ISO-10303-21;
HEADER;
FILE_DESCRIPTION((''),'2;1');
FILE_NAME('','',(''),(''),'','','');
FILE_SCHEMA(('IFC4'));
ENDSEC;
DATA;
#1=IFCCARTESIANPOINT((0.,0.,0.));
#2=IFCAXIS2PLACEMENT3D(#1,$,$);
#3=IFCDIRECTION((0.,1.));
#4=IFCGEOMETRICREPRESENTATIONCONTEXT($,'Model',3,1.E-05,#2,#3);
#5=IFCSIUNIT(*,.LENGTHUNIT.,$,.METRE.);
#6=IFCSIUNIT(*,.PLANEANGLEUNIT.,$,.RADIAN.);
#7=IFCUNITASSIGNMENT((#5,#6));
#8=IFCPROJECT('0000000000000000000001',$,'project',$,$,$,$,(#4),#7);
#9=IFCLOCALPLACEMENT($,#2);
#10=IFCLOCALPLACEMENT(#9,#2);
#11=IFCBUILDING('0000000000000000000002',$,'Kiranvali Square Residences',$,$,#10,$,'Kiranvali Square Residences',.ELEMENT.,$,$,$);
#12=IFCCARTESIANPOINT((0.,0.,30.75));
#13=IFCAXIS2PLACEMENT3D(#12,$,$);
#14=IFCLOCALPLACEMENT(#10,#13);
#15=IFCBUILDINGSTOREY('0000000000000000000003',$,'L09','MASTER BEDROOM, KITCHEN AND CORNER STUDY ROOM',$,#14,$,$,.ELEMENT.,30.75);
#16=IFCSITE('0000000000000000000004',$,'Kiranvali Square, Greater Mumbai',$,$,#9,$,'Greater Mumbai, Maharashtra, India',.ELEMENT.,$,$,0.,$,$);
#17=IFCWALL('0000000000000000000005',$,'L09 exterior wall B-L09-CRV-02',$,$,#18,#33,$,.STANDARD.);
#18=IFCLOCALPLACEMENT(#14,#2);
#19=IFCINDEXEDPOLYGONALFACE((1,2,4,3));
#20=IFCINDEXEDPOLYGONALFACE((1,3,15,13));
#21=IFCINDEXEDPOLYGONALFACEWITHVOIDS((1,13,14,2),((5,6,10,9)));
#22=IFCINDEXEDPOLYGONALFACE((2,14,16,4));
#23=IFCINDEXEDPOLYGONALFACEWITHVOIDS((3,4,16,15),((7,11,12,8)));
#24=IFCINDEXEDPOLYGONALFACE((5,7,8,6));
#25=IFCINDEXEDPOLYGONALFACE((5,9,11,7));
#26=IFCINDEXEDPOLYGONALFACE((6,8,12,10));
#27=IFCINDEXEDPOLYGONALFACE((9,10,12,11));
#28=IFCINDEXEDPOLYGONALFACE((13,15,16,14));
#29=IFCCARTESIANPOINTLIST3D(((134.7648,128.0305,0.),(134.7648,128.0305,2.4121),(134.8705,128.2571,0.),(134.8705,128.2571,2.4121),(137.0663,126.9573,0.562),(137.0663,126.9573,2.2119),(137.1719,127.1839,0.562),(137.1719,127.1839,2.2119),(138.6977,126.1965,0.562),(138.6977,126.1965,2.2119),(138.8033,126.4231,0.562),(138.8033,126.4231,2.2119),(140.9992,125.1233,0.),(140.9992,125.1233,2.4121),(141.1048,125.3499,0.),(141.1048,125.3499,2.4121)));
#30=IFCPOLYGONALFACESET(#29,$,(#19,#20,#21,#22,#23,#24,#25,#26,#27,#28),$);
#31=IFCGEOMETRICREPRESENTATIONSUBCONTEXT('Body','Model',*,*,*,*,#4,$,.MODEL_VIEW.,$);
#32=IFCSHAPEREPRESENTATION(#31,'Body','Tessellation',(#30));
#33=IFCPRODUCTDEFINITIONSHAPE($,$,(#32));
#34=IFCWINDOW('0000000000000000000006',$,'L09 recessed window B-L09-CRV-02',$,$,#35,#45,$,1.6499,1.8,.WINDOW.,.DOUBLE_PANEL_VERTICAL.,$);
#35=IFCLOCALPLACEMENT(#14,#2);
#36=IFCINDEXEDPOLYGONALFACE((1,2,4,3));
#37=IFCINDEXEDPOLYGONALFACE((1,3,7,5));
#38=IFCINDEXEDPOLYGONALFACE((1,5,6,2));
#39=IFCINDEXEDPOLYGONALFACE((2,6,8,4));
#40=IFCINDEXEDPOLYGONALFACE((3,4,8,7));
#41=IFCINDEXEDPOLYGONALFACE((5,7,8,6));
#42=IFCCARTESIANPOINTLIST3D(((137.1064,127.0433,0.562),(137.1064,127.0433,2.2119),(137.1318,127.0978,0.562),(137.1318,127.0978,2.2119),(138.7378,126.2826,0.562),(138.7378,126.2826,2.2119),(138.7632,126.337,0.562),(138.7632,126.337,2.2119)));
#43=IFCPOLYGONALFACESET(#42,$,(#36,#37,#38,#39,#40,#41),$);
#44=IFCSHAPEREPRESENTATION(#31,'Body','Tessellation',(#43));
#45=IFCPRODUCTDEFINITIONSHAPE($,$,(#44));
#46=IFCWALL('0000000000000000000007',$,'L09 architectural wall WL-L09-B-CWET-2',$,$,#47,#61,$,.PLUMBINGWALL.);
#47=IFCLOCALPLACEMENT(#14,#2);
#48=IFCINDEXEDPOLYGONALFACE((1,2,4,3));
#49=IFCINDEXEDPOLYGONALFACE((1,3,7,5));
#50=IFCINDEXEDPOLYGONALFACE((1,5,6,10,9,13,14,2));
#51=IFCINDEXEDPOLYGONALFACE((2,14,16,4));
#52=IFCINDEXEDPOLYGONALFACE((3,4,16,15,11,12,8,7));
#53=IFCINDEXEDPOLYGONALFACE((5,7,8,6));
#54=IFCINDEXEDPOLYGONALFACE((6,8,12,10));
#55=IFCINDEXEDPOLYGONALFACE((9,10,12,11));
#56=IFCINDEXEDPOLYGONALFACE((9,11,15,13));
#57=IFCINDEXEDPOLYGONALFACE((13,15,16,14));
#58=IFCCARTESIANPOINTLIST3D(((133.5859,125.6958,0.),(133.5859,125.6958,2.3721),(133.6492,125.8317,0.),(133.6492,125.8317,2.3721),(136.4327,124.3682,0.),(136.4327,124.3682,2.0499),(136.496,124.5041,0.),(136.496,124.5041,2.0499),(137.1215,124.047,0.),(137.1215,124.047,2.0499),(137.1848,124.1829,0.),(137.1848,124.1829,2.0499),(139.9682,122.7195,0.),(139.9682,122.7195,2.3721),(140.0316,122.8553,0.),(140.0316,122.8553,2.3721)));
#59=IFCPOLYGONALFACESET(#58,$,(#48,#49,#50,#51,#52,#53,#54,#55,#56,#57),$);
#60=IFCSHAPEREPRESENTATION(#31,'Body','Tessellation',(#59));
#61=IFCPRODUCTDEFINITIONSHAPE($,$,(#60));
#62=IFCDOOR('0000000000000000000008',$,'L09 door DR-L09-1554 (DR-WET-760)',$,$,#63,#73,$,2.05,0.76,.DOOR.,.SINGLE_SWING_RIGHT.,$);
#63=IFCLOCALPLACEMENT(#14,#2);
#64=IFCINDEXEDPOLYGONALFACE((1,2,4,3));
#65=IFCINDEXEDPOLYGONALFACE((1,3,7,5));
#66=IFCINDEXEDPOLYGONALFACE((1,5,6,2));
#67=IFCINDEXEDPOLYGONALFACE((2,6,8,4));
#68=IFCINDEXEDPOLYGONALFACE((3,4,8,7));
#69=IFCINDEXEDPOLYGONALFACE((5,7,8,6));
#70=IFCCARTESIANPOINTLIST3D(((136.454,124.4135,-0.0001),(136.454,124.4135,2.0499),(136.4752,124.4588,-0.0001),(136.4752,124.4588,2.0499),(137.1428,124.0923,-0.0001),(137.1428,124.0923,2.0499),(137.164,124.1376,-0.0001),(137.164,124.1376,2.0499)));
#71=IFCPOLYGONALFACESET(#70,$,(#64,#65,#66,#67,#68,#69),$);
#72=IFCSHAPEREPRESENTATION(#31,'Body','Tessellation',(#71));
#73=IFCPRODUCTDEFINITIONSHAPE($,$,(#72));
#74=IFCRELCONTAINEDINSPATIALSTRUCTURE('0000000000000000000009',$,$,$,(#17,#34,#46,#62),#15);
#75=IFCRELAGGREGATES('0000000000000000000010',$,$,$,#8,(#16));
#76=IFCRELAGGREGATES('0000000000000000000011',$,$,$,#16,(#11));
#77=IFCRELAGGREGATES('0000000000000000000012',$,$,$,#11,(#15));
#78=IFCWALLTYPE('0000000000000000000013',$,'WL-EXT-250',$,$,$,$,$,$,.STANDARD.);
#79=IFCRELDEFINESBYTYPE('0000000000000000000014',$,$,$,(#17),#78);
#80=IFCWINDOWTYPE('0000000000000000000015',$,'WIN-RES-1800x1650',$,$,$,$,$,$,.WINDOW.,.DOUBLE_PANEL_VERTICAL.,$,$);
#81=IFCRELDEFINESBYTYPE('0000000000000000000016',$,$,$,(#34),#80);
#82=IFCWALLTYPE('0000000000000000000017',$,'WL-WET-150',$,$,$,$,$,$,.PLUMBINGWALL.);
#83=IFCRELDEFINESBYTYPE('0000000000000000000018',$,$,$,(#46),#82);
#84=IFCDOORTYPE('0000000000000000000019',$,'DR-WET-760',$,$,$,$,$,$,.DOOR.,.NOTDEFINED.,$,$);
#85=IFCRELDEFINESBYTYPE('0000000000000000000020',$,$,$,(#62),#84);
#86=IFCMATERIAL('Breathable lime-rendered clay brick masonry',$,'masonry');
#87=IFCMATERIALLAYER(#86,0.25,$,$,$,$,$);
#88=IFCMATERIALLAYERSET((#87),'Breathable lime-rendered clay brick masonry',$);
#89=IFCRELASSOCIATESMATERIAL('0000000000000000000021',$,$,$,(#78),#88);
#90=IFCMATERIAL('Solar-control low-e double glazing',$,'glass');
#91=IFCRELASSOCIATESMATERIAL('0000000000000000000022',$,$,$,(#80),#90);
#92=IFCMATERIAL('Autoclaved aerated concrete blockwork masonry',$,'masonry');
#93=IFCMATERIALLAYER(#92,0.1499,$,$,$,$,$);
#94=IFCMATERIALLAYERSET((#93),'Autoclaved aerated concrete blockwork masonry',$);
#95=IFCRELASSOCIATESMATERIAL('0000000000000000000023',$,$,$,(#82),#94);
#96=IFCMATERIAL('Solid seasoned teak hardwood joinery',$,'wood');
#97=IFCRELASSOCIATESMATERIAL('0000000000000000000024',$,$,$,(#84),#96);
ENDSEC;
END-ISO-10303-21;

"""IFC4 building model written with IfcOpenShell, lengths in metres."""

from ifc_helpers import new_model, si_unit, direction, frame, frame_2d, origin, place, context, subcontext, project, spatial, rectangle, extrude, material, layer, layer_set, type_object, element, fill, save


model = new_model("IFC4")

# Units and contexts
model_context = context("Model", 3, precision=1e-05, world=origin(), true_north=direction((0.0, 1.0)))
body_context = subcontext(model_context, "Body", "Model", "MODEL_VIEW")
ifc_project = project(units=[si_unit("LENGTHUNIT", "METRE"), si_unit("PLANEANGLEUNIT", "RADIAN")], contexts=[model_context])

# Site, building, storey
site_placement = place(None, origin())
site = spatial("IfcSite", under=ifc_project, at=site_placement, Name="Kiranvali Square, Greater Mumbai", LongName="Greater Mumbai, Maharashtra, India", CompositionType="ELEMENT", RefElevation=0.0)
building_placement = place(site_placement, origin())
building = spatial("IfcBuilding", under=site, at=building_placement, Name="Kiranvali Square Residences", LongName="Kiranvali Square Residences", CompositionType="ELEMENT")
storey_placement = place(building_placement, frame((0.0, 0.0, 30.75)))
storey = spatial("IfcBuildingStorey", under=building, at=storey_placement, Name="L09", Description="MASTER BEDROOM, KITCHEN AND CORNER STUDY ROOM", CompositionType="ELEMENT", Elevation=30.75)

# Shared definitions
ifc_material_1 = material(Name="Breathable lime-rendered clay brick masonry", Category="masonry")
ifc_layer_1 = layer(ifc_material_1, 0.25)
ifc_layer_set_1 = layer_set([ifc_layer_1], Name="Breathable lime-rendered clay brick masonry")
wall_type_1 = type_object("IfcWallType", Name="WL-EXT-250", PredefinedType="STANDARD", material=ifc_layer_set_1)
ifc_material_2 = material(Name="Solar-control low-e double glazing", Category="glass")

# Wall, opening, window
wall_1_placement = place(storey_placement, frame((134.8176, 128.1438, 0.0), z_axis=(0.0, 0.0, 1.0), x_axis=(0.906303, -0.422629, 0.0)))
wall_1 = element("IfcWall", 1, at=wall_1_placement, inside=storey, type_object=wall_type_1, Name="L09 exterior wall B-L09-CRV-02", PredefinedType="STANDARD", context=body_context, shape_type="SweptSolid", body=[
    extrude(rectangle(XDim=6.8789, YDim=0.25, at=frame_2d((3.4395, 0.0))), origin(), (0.0, 0.0, 1.0), 2.4121),
])
opening_1_placement = place(wall_1_placement, frame((2.5396, 0.0, 0.562)))
opening_1 = element("IfcOpeningElement", 2, at=opening_1_placement, cuts=wall_1, PredefinedType="OPENING", context=body_context, shape_type="SweptSolid", body=[
    extrude(rectangle(XDim=1.8, YDim=1.6499, at=frame_2d((0.8999, 0.825))), frame((0.0, 0.135, 0.0), z_axis=(0.0, -1.0, 0.0), x_axis=(1.0, 0.0, 0.0)), (0.0, 0.0, 1.0), 0.27),
])
window_type_1 = type_object("IfcWindowType", Name="WIN-RES-1800x1650", PartitioningType="DOUBLE_PANEL_VERTICAL", PredefinedType="WINDOW", material=ifc_material_2)
window_1_placement = place(opening_1_placement, origin())
window_1 = element("IfcWindow", 3, at=window_1_placement, inside=storey, type_object=window_type_1, Name="L09 recessed window B-L09-CRV-02", OverallHeight=1.6499, OverallWidth=1.8, PartitioningType="DOUBLE_PANEL_VERTICAL", PredefinedType="WINDOW", context=body_context, shape_type="SweptSolid", body=[
    extrude(rectangle(XDim=1.8, YDim=1.6499, at=frame_2d((0.8999, 0.825))), frame((0.0, 0.03, 0.0), z_axis=(0.0, -1.0, 0.0), x_axis=(1.0, 0.0, 0.0)), (0.0, 0.0, 1.0), 0.0601),
])
fill(opening_1, window_1)

# Wall, opening, door
ifc_material_3 = material(Name="Autoclaved aerated concrete blockwork masonry", Category="masonry")
ifc_layer_2 = layer(ifc_material_3, 0.1499)
ifc_layer_set_2 = layer_set([ifc_layer_2], Name="Autoclaved aerated concrete blockwork masonry")
wall_type_2 = type_object("IfcWallType", Name="WL-WET-150", PredefinedType="PLUMBINGWALL", material=ifc_layer_set_2)
wall_2_placement = place(storey_placement, frame((133.6177, 125.7637, 0.0), z_axis=(0.0, 0.0, 1.0), x_axis=(0.906297, -0.422641, 0.0)))
wall_2 = element("IfcWall", 4, at=wall_2_placement, inside=storey, type_object=wall_type_2, Name="L09 architectural wall WL-L09-B-CWET-2", PredefinedType="PLUMBINGWALL", context=body_context, shape_type="SweptSolid", body=[
    extrude(rectangle(XDim=7.0422, YDim=0.1499, at=frame_2d((3.521, 0.0))), origin(), (0.0, 0.0, 1.0), 2.3721),
])
opening_2_placement = place(wall_2_placement, frame((3.1411, 0.0, 0.0)))
opening_2 = element("IfcOpeningElement", 5, at=opening_2_placement, cuts=wall_2, PredefinedType="OPENING", context=body_context, shape_type="SweptSolid", body=[
    extrude(rectangle(XDim=0.76, YDim=2.05, at=frame_2d((0.3799, 1.0249))), frame((0.0, 0.085, 0.0), z_axis=(0.0, -1.0, 0.0), x_axis=(1.0, 0.0, 0.0)), (0.0, 0.0, 1.0), 0.1699),
])
ifc_material_4 = material(Name="Solid seasoned teak hardwood joinery", Category="wood")
door_type_1 = type_object("IfcDoorType", Name="DR-WET-760", OperationType="NOTDEFINED", PredefinedType="DOOR", material=ifc_material_4)
door_1_placement = place(opening_2_placement, frame((0.76, 0.0, 0.0), z_axis=(0.0, 0.0, 1.0), x_axis=(-1.0, 0.0, 0.0)))
door_1 = element("IfcDoor", 6, at=door_1_placement, inside=storey, type_object=door_type_1, Name="L09 door DR-L09-1554 (DR-WET-760)", OperationType="SINGLE_SWING_RIGHT", OverallHeight=2.05, OverallWidth=0.76, PredefinedType="DOOR", context=body_context, shape_type="SweptSolid", body=[
    extrude(rectangle(XDim=0.76, YDim=2.05, at=frame_2d((0.3799, 1.0249))), frame((0.0, 0.0249, 0.0), z_axis=(0.0, -1.0, 0.0), x_axis=(1.0, 0.0, 0.0)), (0.0, 0.0, 1.0), 0.05),
])
fill(opening_2, door_1)

save(model, "model.ifc")
